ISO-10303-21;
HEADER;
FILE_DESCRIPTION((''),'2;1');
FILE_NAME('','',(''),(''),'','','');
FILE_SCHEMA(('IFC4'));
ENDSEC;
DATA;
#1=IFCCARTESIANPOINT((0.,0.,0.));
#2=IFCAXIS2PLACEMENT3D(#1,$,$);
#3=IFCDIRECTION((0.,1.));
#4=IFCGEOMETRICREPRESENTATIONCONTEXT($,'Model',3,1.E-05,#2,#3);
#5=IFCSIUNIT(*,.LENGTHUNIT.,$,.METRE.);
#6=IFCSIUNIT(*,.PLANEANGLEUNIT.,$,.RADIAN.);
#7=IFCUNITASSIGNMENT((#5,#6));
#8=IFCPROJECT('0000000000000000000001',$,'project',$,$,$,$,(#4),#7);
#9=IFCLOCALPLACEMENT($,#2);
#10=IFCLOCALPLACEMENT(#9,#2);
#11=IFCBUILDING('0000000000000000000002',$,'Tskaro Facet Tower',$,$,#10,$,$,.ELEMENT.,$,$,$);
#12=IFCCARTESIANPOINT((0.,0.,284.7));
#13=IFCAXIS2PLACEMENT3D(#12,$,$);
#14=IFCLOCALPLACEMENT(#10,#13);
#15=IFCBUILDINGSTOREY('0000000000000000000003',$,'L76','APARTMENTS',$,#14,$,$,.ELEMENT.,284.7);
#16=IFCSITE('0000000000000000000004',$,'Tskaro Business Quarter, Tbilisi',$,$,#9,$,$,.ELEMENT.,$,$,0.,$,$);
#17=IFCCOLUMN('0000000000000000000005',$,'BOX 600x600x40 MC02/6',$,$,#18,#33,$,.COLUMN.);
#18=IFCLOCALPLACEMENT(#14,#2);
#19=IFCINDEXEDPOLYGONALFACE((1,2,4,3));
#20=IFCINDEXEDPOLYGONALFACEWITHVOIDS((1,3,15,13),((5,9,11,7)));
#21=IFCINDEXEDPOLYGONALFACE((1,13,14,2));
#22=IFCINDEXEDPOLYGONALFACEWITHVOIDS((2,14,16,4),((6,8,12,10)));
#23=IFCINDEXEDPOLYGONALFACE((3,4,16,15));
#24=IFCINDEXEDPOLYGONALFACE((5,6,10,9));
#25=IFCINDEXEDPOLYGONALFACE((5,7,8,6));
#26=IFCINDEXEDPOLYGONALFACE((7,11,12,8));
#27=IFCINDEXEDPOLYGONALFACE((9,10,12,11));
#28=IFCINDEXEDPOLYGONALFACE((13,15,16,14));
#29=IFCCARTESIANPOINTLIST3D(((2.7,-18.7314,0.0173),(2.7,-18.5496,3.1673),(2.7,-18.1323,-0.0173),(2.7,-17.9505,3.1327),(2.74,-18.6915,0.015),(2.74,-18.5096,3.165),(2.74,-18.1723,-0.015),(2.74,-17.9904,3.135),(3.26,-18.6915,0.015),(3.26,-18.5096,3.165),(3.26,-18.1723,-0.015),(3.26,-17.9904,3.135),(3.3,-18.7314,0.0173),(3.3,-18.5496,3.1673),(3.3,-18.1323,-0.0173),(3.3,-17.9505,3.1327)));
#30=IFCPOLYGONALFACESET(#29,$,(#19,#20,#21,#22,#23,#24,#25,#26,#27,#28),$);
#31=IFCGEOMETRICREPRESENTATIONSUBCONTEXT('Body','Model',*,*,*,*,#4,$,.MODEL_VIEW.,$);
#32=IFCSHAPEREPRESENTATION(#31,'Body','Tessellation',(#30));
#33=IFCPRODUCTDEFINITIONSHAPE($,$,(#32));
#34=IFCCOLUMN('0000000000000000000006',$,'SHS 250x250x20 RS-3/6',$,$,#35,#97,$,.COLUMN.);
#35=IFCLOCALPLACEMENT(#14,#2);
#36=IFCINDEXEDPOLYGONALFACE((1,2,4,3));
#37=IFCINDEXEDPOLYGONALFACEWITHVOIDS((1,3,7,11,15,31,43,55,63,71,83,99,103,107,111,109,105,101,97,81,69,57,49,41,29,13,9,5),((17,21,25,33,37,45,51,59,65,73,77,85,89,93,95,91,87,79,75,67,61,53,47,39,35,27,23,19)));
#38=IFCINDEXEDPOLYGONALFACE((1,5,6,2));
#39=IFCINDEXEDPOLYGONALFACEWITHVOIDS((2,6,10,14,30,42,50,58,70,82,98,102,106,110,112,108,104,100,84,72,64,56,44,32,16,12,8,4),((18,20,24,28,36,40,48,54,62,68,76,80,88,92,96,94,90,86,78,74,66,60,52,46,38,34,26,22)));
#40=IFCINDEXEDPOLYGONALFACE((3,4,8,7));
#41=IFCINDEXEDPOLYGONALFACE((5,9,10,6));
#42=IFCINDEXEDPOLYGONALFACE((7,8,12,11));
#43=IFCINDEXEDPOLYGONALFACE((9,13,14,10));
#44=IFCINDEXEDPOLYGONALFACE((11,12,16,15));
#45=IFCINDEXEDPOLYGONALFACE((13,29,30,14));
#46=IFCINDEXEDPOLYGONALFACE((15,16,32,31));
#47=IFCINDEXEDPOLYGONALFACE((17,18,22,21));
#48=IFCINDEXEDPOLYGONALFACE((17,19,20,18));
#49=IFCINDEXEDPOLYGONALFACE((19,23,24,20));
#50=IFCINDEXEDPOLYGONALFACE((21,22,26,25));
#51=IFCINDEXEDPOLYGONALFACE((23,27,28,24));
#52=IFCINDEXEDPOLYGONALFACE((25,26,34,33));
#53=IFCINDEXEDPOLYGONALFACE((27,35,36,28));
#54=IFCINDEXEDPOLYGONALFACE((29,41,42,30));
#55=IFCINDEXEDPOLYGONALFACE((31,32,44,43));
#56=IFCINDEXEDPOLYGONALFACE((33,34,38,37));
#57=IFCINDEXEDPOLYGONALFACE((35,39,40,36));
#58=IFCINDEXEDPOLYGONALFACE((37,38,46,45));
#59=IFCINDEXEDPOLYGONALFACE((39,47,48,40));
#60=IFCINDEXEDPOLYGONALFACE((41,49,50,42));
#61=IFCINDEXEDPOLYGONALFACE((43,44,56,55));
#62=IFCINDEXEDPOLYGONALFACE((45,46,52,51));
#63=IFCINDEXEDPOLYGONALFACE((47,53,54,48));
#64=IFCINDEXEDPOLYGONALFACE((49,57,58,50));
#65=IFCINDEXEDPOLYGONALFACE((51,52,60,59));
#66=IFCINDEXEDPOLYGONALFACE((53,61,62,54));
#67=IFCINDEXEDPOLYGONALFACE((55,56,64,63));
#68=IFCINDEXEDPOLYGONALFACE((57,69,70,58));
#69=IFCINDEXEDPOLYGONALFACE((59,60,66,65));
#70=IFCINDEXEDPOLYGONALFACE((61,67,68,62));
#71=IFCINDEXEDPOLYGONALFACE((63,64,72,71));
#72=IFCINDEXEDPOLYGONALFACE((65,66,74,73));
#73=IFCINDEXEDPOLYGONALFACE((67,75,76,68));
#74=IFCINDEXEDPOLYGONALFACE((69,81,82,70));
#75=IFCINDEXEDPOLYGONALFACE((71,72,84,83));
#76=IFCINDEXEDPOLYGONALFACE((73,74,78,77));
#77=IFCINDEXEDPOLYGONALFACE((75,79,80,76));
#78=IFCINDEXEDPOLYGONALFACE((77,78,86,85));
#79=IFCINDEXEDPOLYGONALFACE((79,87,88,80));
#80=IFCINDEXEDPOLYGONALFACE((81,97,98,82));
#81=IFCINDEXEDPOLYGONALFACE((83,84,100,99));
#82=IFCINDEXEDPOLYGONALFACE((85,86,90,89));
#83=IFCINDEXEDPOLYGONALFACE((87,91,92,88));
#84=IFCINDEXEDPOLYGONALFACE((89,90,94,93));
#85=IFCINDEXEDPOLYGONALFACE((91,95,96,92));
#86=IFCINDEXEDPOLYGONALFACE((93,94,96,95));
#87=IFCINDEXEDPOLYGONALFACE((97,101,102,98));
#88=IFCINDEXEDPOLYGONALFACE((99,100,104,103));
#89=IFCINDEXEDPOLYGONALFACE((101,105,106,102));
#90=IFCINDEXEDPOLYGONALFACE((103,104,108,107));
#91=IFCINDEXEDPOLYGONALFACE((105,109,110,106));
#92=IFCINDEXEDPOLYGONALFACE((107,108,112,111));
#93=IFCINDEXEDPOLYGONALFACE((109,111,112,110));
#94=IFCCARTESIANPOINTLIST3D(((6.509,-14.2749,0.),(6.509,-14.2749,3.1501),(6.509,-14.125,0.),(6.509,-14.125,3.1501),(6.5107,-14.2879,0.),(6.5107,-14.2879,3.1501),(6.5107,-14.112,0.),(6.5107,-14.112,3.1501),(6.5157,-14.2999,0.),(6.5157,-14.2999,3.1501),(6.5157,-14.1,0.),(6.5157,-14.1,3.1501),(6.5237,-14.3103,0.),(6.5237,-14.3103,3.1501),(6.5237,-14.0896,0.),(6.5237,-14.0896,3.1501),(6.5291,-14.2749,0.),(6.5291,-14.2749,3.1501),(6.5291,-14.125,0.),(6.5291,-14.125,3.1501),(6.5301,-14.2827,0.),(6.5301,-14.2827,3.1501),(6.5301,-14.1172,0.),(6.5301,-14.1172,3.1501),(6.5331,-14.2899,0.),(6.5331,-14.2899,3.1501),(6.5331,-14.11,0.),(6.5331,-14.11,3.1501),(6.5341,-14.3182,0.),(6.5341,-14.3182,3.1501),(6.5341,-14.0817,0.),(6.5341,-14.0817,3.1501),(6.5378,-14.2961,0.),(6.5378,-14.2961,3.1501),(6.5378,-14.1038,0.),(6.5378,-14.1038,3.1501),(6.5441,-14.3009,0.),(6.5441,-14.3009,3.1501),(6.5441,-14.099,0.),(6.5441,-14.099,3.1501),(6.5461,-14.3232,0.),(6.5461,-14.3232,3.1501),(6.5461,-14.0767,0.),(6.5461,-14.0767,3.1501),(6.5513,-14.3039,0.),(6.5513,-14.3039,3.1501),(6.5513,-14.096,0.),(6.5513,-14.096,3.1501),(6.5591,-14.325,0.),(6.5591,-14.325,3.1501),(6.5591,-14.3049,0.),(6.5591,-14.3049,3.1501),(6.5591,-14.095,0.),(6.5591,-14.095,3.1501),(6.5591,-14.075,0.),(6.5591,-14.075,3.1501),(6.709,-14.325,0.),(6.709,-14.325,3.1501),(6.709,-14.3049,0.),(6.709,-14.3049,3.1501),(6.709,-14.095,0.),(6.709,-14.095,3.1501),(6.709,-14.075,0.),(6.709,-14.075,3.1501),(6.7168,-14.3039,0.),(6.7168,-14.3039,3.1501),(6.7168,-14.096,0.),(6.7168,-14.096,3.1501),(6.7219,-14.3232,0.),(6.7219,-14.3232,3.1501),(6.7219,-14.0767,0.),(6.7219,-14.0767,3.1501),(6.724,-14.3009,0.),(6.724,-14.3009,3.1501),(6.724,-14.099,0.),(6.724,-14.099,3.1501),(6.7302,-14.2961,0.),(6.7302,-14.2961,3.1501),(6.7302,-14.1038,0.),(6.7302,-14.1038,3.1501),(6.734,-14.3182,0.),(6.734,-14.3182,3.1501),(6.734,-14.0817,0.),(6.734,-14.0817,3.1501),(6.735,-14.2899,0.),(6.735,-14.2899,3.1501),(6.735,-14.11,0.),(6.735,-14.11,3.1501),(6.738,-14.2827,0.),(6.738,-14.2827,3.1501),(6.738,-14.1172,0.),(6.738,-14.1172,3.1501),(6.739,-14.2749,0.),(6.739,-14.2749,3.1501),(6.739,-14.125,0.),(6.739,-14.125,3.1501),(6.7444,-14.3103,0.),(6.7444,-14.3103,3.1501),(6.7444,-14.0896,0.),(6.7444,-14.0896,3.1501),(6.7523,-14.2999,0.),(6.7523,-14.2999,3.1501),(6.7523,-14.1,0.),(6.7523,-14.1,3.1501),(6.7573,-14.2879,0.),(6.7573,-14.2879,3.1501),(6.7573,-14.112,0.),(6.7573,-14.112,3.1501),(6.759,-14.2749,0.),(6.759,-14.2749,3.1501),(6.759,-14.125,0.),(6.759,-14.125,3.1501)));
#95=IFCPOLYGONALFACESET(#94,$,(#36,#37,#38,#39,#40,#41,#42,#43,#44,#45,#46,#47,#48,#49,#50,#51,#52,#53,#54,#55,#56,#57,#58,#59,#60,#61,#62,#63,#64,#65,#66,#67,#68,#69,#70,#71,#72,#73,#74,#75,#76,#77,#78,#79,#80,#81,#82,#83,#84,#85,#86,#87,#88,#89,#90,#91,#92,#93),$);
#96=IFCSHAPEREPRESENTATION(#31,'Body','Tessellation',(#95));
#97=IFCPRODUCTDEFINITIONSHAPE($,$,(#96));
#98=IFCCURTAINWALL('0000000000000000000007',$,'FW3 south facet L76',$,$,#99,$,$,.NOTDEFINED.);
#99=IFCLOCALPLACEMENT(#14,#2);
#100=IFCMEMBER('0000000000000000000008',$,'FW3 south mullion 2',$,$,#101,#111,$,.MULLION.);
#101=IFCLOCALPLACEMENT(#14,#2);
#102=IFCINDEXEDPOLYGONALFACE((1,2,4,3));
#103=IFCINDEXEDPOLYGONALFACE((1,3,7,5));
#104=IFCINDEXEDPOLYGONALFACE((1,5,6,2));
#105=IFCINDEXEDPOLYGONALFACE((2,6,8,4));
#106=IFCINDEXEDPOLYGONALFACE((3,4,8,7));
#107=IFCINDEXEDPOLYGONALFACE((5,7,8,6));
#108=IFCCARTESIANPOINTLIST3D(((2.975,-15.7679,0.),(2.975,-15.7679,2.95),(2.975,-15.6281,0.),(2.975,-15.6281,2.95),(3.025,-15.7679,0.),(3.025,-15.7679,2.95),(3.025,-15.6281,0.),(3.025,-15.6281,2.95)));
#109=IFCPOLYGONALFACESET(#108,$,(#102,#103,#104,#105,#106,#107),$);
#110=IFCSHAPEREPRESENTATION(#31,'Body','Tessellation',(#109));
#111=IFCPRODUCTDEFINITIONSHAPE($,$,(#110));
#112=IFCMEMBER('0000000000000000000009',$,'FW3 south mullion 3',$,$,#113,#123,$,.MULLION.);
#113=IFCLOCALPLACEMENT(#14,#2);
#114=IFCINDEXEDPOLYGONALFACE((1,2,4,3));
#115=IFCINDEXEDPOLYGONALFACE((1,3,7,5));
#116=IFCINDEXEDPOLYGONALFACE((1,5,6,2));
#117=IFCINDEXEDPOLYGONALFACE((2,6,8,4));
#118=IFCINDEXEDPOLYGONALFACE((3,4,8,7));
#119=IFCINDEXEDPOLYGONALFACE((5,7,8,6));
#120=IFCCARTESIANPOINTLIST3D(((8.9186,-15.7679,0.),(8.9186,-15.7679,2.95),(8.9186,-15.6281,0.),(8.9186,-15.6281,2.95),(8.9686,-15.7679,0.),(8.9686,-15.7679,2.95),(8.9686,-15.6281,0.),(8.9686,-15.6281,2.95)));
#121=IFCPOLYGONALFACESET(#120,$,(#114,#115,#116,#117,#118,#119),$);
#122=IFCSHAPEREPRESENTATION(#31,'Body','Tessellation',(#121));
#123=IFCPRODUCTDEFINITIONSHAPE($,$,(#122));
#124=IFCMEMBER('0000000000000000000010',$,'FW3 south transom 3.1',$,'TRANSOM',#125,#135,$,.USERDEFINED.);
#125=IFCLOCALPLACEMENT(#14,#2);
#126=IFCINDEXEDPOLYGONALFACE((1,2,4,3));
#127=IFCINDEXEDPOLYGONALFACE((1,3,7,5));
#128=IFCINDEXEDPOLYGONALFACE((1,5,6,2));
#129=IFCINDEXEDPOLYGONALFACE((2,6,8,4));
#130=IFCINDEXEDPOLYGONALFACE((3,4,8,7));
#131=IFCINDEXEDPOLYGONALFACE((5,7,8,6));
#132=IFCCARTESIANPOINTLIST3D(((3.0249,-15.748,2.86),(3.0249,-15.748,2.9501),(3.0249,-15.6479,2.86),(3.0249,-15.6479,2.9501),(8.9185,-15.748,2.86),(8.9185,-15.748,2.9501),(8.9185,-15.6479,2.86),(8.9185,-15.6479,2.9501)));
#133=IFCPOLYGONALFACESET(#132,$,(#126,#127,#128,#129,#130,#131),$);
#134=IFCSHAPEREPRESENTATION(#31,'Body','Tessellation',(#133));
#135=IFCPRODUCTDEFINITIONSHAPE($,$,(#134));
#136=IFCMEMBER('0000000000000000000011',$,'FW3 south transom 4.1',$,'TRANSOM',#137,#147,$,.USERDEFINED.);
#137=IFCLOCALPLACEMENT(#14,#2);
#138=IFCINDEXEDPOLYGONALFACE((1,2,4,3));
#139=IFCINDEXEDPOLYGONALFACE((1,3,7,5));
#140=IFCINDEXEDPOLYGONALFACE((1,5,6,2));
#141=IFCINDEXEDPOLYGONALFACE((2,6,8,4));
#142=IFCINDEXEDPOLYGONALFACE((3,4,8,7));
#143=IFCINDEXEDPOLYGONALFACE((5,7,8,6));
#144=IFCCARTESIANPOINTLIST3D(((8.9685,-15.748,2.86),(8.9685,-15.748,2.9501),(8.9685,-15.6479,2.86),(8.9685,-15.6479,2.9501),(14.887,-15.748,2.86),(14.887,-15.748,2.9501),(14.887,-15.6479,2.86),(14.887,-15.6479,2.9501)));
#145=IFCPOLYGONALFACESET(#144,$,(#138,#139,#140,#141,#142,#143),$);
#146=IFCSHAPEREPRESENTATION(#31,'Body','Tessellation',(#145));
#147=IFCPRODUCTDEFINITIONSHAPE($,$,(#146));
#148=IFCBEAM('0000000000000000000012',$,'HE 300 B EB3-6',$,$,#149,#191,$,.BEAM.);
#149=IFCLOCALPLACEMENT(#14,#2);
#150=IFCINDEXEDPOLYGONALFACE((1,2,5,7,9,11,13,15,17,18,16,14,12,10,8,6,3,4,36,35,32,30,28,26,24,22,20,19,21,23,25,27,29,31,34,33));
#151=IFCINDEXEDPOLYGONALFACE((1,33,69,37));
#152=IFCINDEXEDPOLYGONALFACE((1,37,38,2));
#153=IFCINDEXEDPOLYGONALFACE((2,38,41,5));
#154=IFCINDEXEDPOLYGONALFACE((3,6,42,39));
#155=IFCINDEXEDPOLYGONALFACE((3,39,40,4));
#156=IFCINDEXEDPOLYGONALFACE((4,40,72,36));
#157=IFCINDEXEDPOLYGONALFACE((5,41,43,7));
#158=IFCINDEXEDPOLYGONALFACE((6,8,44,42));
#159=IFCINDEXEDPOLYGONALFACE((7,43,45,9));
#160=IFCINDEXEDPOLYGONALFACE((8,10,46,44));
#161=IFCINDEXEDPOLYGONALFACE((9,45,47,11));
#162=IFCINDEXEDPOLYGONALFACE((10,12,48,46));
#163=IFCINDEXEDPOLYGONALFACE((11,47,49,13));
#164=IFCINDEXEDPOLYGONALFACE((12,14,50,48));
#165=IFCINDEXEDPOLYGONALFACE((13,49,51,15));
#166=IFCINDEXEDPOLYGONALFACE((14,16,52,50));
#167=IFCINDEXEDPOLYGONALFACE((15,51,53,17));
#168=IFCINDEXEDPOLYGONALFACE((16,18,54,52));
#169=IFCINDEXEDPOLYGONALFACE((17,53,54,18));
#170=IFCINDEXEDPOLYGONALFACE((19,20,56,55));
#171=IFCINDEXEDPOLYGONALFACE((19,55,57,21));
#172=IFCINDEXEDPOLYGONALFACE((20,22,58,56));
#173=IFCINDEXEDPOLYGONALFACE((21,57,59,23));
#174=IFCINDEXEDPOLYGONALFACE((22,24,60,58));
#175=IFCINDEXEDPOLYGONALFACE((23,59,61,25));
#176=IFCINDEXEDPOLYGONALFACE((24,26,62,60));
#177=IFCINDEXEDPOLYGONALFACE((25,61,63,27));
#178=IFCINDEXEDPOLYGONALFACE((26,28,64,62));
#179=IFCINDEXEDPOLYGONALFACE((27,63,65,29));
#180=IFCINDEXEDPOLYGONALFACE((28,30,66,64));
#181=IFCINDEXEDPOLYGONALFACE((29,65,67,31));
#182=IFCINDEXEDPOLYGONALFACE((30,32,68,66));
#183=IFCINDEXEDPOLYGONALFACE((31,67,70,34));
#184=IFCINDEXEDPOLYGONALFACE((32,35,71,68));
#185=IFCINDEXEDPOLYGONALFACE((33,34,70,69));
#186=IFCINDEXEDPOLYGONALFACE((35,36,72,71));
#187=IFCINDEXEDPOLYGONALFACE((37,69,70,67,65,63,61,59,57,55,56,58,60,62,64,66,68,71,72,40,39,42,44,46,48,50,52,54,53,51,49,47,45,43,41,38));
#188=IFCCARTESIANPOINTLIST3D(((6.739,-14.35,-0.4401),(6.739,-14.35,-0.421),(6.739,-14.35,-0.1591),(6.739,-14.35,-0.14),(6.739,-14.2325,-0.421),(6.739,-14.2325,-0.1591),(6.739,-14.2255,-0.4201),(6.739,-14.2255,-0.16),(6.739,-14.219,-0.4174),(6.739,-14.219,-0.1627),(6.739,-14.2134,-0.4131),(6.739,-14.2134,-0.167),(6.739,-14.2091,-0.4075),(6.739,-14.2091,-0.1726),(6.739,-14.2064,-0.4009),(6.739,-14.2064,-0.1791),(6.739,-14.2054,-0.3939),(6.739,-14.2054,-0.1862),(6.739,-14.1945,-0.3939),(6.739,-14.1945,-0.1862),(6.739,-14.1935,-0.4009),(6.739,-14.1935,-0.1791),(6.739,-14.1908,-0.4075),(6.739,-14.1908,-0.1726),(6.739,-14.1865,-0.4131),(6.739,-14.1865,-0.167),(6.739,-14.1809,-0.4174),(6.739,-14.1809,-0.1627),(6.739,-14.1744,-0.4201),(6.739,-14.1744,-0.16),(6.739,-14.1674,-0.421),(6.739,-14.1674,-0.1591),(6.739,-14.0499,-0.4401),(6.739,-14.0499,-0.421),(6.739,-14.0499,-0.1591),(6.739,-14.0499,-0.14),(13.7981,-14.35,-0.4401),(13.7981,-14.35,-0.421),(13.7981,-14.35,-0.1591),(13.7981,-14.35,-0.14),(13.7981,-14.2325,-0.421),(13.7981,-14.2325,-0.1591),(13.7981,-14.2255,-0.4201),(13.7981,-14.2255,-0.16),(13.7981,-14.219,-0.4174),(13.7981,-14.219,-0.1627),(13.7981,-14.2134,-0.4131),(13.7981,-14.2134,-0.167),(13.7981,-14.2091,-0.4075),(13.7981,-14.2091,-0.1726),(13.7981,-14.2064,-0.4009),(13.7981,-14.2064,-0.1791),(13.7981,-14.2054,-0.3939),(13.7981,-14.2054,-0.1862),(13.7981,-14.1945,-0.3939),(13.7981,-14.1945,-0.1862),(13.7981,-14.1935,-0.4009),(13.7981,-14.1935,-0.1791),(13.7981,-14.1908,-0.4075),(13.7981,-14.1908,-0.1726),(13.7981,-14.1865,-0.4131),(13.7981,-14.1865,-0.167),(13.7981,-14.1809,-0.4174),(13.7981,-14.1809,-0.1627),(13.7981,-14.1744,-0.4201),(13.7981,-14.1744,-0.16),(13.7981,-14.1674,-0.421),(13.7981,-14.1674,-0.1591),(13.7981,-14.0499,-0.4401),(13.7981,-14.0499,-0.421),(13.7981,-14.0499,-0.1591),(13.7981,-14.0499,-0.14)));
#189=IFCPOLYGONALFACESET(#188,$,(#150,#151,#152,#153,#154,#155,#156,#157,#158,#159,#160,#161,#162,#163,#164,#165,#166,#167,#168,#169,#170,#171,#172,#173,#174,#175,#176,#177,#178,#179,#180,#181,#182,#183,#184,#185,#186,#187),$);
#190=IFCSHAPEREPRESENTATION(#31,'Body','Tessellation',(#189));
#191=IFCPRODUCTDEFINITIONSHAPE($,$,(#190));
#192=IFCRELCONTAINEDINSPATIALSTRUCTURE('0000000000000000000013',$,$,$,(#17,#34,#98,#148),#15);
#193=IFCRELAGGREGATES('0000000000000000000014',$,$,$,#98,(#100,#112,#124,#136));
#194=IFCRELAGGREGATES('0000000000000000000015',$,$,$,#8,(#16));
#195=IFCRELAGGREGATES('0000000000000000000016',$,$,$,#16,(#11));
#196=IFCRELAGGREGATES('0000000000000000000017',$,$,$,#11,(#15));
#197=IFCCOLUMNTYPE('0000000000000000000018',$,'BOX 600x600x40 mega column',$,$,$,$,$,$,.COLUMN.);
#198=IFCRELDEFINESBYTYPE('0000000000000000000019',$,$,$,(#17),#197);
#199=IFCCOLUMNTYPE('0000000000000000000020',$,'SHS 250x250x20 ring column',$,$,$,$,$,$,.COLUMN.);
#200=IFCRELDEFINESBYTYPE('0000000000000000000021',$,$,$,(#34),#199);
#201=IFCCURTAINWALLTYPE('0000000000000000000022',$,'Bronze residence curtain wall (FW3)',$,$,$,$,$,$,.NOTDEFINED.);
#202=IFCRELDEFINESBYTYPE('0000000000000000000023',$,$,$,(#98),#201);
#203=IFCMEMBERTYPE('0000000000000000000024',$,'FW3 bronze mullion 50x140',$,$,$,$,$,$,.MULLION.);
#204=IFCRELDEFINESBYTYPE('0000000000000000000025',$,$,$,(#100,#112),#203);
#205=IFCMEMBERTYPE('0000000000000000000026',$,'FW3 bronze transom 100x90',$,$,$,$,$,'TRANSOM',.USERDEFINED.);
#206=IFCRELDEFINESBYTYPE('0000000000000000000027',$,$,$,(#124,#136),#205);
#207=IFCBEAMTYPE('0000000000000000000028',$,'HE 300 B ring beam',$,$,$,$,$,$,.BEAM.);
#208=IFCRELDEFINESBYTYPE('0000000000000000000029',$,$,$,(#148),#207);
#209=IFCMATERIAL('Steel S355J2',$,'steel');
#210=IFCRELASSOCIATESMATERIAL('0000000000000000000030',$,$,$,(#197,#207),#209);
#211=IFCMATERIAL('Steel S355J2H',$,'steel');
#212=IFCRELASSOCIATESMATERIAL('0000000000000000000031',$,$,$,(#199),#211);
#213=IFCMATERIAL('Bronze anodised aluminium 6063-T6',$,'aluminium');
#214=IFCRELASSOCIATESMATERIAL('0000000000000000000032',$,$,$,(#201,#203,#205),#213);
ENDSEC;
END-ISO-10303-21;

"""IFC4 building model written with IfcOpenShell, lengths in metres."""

from ifc_helpers import new_model, si_unit, direction, frame, origin, origin_2d, place, context, subcontext, project, spatial, rectangle, hollow_rectangle, i_section, extrude, material, material_profile, profile_set, type_object, element, aggregate, save


model = new_model("IFC4")

# Units and contexts
model_context = context("Model", 3, precision=1e-05, world=origin(), true_north=direction((0.0, 1.0)))
body_context = subcontext(model_context, "Body", "Model", "MODEL_VIEW")
ifc_project = project(units=[si_unit("LENGTHUNIT", "METRE"), si_unit("PLANEANGLEUNIT", "RADIAN")], contexts=[model_context])

# Site, building, storey
site_placement = place(None, origin())
site = spatial("IfcSite", under=ifc_project, at=site_placement, Name="Tskaro Business Quarter, Tbilisi", CompositionType="ELEMENT", RefElevation=0.0)
building_placement = place(site_placement, origin())
building = spatial("IfcBuilding", under=site, at=building_placement, Name="Tskaro Facet Tower", CompositionType="ELEMENT")
storey_placement = place(building_placement, frame((0.0, 0.0, 284.7)))
storey = spatial("IfcBuildingStorey", under=building, at=storey_placement, Name="L76", Description="APARTMENTS", CompositionType="ELEMENT", Elevation=284.7)

# Columns
ifc_material_1 = material(Name="Steel S355J2", Category="steel")
ifc_material_profile_1 = material_profile(ifc_material_1, hollow_rectangle(XDim=0.6001, YDim=0.6001, WallThickness=0.04, at=origin_2d()), Name="BOX 600x600x40")
ifc_profile_set_1 = profile_set([ifc_material_profile_1], Name="Steel S355J2")
column_type_1 = type_object("IfcColumnType", Name="BOX 600x600x40 mega column", PredefinedType="COLUMN", material=ifc_profile_set_1)
column_1_placement = place(storey_placement, frame((3.0, -18.4319, 0.0), z_axis=(0.0, 0.057643, 0.998337), x_axis=(-1.0, 0.0, 0.0)))
element("IfcColumn", 1, at=column_1_placement, inside=storey, type_object=column_type_1, Name="BOX 600x600x40 MC02/6", PredefinedType="COLUMN", context=body_context, shape_type="SweptSolid", body=[
    extrude(hollow_rectangle(XDim=0.6001, YDim=0.6001, WallThickness=0.04, at=origin_2d()), origin(), (0.0, 0.0, 1.0), 3.1553),
])
ifc_material_2 = material(Name="Steel S355J2H", Category="steel")
ifc_material_profile_2 = material_profile(ifc_material_2, hollow_rectangle(XDim=0.25, YDim=0.25, WallThickness=0.02, InnerFilletRadius=0.03, OuterFilletRadius=0.05, at=origin_2d()), Name="SHS 250x250x20")
ifc_profile_set_2 = profile_set([ifc_material_profile_2], Name="Steel S355J2H")
column_type_2 = type_object("IfcColumnType", Name="SHS 250x250x20 ring column", PredefinedType="COLUMN", material=ifc_profile_set_2)
column_2_placement = place(storey_placement, frame((6.634, -14.2, 0.0), z_axis=(0.0, 0.0, 1.0), x_axis=(1.0, 0.0, 0.0)))
element("IfcColumn", 2, at=column_2_placement, inside=storey, type_object=column_type_2, Name="SHS 250x250x20 RS-3/6", PredefinedType="COLUMN", context=body_context, shape_type="SweptSolid", body=[
    extrude(hollow_rectangle(XDim=0.25, YDim=0.25, WallThickness=0.02, InnerFilletRadius=0.03, OuterFilletRadius=0.05, at=origin_2d()), origin(), (0.0, 0.0, 1.0), 3.1501),
])

# Curtain wall, members
ifc_material_3 = material(Name="Bronze anodised aluminium 6063-T6", Category="aluminium")
curtain_wall_type = type_object("IfcCurtainWallType", Name="Bronze residence curtain wall (FW3)", PredefinedType="NOTDEFINED", material=ifc_material_3)
curtain_wall_placement = place(storey_placement, origin())
curtain_wall = element("IfcCurtainWall", 3, at=curtain_wall_placement, inside=storey, type_object=curtain_wall_type, Name="FW3 south facet L76", PredefinedType="NOTDEFINED")
ifc_material_profile_3 = material_profile(ifc_material_3, rectangle(XDim=0.05, YDim=0.1399, at=origin_2d()), Name="Mullion 50x140")
ifc_profile_set_3 = profile_set([ifc_material_profile_3], Name="Bronze anodised aluminium 6063-T6")
member_type_1 = type_object("IfcMemberType", Name="FW3 bronze mullion 50x140", PredefinedType="MULLION", material=ifc_profile_set_3)
member_1_placement = place(storey_placement, frame((3.0, -15.698, 0.0), z_axis=(0.0, 0.0, 1.0), x_axis=(1.0, 0.0, 0.0)))
member_1 = element("IfcMember", 4, at=member_1_placement, type_object=member_type_1, Name="FW3 south mullion 2", PredefinedType="MULLION", context=body_context, shape_type="SweptSolid", body=[
    extrude(rectangle(XDim=0.05, YDim=0.1399, at=origin_2d()), origin(), (0.0, 0.0, 1.0), 2.95),
])
member_2_placement = place(storey_placement, frame((8.9436, -15.698, 0.0), z_axis=(0.0, 0.0, 1.0), x_axis=(1.0, 0.0, 0.0)))
member_2 = element("IfcMember", 5, at=member_2_placement, type_object=member_type_1, Name="FW3 south mullion 3", PredefinedType="MULLION", context=body_context, shape_type="SweptSolid", body=[
    extrude(rectangle(XDim=0.05, YDim=0.1399, at=origin_2d()), origin(), (0.0, 0.0, 1.0), 2.95),
])
ifc_material_profile_4 = material_profile(ifc_material_3, rectangle(XDim=0.1001, YDim=0.0901, at=origin_2d()), Name="Transom 100x90")
ifc_profile_set_4 = profile_set([ifc_material_profile_4], Name="Bronze anodised aluminium 6063-T6")
member_type_2 = type_object("IfcMemberType", Name="FW3 bronze transom 100x90", ElementType="TRANSOM", PredefinedType="USERDEFINED", material=ifc_profile_set_4)
member_3_placement = place(storey_placement, frame((3.0249, -15.698, 2.905), z_axis=(1.0, 0.0, 0.0), x_axis=(0.0, 1.0, 0.0)))
member_3 = element("IfcMember", 6, at=member_3_placement, type_object=member_type_2, Name="FW3 south transom 3.1", ObjectType="TRANSOM", PredefinedType="USERDEFINED", context=body_context, shape_type="SweptSolid", body=[
    extrude(rectangle(XDim=0.1001, YDim=0.0901, at=origin_2d()), origin(), (0.0, 0.0, 1.0), 5.8936),
])
member_4_placement = place(storey_placement, frame((8.9685, -15.698, 2.905), z_axis=(1.0, 0.0, 0.0), x_axis=(0.0, 1.0, 0.0)))
member_4 = element("IfcMember", 7, at=member_4_placement, type_object=member_type_2, Name="FW3 south transom 4.1", ObjectType="TRANSOM", PredefinedType="USERDEFINED", context=body_context, shape_type="SweptSolid", body=[
    extrude(rectangle(XDim=0.1001, YDim=0.0901, at=origin_2d()), origin(), (0.0, 0.0, 1.0), 5.9185),
])

# Beam
ifc_material_profile_5 = material_profile(ifc_material_1, i_section(OverallWidth=0.3, OverallDepth=0.3, WebThickness=0.011, FlangeThickness=0.019, FilletRadius=0.0271, at=origin_2d()), Name="HE 300 B")
ifc_profile_set_5 = profile_set([ifc_material_profile_5], Name="Steel S355J2")
beam_type_1 = type_object("IfcBeamType", Name="HE 300 B ring beam", PredefinedType="BEAM", material=ifc_profile_set_5)
beam_1_placement = place(storey_placement, frame((6.739, -14.2, -0.29), z_axis=(1.0, 0.0, 0.0), x_axis=(0.0, 1.0, 0.0)))
element("IfcBeam", 8, at=beam_1_placement, inside=storey, type_object=beam_type_1, Name="HE 300 B EB3-6", PredefinedType="BEAM", context=body_context, shape_type="SweptSolid", body=[
    extrude(i_section(OverallWidth=0.3, OverallDepth=0.3, WebThickness=0.011, FlangeThickness=0.019, FilletRadius=0.0271, at=origin_2d()), origin(), (0.0, 0.0, 1.0), 7.0591),
])

aggregate(curtain_wall, [member_1, member_2, member_3, member_4])

save(model, "model.ifc")
